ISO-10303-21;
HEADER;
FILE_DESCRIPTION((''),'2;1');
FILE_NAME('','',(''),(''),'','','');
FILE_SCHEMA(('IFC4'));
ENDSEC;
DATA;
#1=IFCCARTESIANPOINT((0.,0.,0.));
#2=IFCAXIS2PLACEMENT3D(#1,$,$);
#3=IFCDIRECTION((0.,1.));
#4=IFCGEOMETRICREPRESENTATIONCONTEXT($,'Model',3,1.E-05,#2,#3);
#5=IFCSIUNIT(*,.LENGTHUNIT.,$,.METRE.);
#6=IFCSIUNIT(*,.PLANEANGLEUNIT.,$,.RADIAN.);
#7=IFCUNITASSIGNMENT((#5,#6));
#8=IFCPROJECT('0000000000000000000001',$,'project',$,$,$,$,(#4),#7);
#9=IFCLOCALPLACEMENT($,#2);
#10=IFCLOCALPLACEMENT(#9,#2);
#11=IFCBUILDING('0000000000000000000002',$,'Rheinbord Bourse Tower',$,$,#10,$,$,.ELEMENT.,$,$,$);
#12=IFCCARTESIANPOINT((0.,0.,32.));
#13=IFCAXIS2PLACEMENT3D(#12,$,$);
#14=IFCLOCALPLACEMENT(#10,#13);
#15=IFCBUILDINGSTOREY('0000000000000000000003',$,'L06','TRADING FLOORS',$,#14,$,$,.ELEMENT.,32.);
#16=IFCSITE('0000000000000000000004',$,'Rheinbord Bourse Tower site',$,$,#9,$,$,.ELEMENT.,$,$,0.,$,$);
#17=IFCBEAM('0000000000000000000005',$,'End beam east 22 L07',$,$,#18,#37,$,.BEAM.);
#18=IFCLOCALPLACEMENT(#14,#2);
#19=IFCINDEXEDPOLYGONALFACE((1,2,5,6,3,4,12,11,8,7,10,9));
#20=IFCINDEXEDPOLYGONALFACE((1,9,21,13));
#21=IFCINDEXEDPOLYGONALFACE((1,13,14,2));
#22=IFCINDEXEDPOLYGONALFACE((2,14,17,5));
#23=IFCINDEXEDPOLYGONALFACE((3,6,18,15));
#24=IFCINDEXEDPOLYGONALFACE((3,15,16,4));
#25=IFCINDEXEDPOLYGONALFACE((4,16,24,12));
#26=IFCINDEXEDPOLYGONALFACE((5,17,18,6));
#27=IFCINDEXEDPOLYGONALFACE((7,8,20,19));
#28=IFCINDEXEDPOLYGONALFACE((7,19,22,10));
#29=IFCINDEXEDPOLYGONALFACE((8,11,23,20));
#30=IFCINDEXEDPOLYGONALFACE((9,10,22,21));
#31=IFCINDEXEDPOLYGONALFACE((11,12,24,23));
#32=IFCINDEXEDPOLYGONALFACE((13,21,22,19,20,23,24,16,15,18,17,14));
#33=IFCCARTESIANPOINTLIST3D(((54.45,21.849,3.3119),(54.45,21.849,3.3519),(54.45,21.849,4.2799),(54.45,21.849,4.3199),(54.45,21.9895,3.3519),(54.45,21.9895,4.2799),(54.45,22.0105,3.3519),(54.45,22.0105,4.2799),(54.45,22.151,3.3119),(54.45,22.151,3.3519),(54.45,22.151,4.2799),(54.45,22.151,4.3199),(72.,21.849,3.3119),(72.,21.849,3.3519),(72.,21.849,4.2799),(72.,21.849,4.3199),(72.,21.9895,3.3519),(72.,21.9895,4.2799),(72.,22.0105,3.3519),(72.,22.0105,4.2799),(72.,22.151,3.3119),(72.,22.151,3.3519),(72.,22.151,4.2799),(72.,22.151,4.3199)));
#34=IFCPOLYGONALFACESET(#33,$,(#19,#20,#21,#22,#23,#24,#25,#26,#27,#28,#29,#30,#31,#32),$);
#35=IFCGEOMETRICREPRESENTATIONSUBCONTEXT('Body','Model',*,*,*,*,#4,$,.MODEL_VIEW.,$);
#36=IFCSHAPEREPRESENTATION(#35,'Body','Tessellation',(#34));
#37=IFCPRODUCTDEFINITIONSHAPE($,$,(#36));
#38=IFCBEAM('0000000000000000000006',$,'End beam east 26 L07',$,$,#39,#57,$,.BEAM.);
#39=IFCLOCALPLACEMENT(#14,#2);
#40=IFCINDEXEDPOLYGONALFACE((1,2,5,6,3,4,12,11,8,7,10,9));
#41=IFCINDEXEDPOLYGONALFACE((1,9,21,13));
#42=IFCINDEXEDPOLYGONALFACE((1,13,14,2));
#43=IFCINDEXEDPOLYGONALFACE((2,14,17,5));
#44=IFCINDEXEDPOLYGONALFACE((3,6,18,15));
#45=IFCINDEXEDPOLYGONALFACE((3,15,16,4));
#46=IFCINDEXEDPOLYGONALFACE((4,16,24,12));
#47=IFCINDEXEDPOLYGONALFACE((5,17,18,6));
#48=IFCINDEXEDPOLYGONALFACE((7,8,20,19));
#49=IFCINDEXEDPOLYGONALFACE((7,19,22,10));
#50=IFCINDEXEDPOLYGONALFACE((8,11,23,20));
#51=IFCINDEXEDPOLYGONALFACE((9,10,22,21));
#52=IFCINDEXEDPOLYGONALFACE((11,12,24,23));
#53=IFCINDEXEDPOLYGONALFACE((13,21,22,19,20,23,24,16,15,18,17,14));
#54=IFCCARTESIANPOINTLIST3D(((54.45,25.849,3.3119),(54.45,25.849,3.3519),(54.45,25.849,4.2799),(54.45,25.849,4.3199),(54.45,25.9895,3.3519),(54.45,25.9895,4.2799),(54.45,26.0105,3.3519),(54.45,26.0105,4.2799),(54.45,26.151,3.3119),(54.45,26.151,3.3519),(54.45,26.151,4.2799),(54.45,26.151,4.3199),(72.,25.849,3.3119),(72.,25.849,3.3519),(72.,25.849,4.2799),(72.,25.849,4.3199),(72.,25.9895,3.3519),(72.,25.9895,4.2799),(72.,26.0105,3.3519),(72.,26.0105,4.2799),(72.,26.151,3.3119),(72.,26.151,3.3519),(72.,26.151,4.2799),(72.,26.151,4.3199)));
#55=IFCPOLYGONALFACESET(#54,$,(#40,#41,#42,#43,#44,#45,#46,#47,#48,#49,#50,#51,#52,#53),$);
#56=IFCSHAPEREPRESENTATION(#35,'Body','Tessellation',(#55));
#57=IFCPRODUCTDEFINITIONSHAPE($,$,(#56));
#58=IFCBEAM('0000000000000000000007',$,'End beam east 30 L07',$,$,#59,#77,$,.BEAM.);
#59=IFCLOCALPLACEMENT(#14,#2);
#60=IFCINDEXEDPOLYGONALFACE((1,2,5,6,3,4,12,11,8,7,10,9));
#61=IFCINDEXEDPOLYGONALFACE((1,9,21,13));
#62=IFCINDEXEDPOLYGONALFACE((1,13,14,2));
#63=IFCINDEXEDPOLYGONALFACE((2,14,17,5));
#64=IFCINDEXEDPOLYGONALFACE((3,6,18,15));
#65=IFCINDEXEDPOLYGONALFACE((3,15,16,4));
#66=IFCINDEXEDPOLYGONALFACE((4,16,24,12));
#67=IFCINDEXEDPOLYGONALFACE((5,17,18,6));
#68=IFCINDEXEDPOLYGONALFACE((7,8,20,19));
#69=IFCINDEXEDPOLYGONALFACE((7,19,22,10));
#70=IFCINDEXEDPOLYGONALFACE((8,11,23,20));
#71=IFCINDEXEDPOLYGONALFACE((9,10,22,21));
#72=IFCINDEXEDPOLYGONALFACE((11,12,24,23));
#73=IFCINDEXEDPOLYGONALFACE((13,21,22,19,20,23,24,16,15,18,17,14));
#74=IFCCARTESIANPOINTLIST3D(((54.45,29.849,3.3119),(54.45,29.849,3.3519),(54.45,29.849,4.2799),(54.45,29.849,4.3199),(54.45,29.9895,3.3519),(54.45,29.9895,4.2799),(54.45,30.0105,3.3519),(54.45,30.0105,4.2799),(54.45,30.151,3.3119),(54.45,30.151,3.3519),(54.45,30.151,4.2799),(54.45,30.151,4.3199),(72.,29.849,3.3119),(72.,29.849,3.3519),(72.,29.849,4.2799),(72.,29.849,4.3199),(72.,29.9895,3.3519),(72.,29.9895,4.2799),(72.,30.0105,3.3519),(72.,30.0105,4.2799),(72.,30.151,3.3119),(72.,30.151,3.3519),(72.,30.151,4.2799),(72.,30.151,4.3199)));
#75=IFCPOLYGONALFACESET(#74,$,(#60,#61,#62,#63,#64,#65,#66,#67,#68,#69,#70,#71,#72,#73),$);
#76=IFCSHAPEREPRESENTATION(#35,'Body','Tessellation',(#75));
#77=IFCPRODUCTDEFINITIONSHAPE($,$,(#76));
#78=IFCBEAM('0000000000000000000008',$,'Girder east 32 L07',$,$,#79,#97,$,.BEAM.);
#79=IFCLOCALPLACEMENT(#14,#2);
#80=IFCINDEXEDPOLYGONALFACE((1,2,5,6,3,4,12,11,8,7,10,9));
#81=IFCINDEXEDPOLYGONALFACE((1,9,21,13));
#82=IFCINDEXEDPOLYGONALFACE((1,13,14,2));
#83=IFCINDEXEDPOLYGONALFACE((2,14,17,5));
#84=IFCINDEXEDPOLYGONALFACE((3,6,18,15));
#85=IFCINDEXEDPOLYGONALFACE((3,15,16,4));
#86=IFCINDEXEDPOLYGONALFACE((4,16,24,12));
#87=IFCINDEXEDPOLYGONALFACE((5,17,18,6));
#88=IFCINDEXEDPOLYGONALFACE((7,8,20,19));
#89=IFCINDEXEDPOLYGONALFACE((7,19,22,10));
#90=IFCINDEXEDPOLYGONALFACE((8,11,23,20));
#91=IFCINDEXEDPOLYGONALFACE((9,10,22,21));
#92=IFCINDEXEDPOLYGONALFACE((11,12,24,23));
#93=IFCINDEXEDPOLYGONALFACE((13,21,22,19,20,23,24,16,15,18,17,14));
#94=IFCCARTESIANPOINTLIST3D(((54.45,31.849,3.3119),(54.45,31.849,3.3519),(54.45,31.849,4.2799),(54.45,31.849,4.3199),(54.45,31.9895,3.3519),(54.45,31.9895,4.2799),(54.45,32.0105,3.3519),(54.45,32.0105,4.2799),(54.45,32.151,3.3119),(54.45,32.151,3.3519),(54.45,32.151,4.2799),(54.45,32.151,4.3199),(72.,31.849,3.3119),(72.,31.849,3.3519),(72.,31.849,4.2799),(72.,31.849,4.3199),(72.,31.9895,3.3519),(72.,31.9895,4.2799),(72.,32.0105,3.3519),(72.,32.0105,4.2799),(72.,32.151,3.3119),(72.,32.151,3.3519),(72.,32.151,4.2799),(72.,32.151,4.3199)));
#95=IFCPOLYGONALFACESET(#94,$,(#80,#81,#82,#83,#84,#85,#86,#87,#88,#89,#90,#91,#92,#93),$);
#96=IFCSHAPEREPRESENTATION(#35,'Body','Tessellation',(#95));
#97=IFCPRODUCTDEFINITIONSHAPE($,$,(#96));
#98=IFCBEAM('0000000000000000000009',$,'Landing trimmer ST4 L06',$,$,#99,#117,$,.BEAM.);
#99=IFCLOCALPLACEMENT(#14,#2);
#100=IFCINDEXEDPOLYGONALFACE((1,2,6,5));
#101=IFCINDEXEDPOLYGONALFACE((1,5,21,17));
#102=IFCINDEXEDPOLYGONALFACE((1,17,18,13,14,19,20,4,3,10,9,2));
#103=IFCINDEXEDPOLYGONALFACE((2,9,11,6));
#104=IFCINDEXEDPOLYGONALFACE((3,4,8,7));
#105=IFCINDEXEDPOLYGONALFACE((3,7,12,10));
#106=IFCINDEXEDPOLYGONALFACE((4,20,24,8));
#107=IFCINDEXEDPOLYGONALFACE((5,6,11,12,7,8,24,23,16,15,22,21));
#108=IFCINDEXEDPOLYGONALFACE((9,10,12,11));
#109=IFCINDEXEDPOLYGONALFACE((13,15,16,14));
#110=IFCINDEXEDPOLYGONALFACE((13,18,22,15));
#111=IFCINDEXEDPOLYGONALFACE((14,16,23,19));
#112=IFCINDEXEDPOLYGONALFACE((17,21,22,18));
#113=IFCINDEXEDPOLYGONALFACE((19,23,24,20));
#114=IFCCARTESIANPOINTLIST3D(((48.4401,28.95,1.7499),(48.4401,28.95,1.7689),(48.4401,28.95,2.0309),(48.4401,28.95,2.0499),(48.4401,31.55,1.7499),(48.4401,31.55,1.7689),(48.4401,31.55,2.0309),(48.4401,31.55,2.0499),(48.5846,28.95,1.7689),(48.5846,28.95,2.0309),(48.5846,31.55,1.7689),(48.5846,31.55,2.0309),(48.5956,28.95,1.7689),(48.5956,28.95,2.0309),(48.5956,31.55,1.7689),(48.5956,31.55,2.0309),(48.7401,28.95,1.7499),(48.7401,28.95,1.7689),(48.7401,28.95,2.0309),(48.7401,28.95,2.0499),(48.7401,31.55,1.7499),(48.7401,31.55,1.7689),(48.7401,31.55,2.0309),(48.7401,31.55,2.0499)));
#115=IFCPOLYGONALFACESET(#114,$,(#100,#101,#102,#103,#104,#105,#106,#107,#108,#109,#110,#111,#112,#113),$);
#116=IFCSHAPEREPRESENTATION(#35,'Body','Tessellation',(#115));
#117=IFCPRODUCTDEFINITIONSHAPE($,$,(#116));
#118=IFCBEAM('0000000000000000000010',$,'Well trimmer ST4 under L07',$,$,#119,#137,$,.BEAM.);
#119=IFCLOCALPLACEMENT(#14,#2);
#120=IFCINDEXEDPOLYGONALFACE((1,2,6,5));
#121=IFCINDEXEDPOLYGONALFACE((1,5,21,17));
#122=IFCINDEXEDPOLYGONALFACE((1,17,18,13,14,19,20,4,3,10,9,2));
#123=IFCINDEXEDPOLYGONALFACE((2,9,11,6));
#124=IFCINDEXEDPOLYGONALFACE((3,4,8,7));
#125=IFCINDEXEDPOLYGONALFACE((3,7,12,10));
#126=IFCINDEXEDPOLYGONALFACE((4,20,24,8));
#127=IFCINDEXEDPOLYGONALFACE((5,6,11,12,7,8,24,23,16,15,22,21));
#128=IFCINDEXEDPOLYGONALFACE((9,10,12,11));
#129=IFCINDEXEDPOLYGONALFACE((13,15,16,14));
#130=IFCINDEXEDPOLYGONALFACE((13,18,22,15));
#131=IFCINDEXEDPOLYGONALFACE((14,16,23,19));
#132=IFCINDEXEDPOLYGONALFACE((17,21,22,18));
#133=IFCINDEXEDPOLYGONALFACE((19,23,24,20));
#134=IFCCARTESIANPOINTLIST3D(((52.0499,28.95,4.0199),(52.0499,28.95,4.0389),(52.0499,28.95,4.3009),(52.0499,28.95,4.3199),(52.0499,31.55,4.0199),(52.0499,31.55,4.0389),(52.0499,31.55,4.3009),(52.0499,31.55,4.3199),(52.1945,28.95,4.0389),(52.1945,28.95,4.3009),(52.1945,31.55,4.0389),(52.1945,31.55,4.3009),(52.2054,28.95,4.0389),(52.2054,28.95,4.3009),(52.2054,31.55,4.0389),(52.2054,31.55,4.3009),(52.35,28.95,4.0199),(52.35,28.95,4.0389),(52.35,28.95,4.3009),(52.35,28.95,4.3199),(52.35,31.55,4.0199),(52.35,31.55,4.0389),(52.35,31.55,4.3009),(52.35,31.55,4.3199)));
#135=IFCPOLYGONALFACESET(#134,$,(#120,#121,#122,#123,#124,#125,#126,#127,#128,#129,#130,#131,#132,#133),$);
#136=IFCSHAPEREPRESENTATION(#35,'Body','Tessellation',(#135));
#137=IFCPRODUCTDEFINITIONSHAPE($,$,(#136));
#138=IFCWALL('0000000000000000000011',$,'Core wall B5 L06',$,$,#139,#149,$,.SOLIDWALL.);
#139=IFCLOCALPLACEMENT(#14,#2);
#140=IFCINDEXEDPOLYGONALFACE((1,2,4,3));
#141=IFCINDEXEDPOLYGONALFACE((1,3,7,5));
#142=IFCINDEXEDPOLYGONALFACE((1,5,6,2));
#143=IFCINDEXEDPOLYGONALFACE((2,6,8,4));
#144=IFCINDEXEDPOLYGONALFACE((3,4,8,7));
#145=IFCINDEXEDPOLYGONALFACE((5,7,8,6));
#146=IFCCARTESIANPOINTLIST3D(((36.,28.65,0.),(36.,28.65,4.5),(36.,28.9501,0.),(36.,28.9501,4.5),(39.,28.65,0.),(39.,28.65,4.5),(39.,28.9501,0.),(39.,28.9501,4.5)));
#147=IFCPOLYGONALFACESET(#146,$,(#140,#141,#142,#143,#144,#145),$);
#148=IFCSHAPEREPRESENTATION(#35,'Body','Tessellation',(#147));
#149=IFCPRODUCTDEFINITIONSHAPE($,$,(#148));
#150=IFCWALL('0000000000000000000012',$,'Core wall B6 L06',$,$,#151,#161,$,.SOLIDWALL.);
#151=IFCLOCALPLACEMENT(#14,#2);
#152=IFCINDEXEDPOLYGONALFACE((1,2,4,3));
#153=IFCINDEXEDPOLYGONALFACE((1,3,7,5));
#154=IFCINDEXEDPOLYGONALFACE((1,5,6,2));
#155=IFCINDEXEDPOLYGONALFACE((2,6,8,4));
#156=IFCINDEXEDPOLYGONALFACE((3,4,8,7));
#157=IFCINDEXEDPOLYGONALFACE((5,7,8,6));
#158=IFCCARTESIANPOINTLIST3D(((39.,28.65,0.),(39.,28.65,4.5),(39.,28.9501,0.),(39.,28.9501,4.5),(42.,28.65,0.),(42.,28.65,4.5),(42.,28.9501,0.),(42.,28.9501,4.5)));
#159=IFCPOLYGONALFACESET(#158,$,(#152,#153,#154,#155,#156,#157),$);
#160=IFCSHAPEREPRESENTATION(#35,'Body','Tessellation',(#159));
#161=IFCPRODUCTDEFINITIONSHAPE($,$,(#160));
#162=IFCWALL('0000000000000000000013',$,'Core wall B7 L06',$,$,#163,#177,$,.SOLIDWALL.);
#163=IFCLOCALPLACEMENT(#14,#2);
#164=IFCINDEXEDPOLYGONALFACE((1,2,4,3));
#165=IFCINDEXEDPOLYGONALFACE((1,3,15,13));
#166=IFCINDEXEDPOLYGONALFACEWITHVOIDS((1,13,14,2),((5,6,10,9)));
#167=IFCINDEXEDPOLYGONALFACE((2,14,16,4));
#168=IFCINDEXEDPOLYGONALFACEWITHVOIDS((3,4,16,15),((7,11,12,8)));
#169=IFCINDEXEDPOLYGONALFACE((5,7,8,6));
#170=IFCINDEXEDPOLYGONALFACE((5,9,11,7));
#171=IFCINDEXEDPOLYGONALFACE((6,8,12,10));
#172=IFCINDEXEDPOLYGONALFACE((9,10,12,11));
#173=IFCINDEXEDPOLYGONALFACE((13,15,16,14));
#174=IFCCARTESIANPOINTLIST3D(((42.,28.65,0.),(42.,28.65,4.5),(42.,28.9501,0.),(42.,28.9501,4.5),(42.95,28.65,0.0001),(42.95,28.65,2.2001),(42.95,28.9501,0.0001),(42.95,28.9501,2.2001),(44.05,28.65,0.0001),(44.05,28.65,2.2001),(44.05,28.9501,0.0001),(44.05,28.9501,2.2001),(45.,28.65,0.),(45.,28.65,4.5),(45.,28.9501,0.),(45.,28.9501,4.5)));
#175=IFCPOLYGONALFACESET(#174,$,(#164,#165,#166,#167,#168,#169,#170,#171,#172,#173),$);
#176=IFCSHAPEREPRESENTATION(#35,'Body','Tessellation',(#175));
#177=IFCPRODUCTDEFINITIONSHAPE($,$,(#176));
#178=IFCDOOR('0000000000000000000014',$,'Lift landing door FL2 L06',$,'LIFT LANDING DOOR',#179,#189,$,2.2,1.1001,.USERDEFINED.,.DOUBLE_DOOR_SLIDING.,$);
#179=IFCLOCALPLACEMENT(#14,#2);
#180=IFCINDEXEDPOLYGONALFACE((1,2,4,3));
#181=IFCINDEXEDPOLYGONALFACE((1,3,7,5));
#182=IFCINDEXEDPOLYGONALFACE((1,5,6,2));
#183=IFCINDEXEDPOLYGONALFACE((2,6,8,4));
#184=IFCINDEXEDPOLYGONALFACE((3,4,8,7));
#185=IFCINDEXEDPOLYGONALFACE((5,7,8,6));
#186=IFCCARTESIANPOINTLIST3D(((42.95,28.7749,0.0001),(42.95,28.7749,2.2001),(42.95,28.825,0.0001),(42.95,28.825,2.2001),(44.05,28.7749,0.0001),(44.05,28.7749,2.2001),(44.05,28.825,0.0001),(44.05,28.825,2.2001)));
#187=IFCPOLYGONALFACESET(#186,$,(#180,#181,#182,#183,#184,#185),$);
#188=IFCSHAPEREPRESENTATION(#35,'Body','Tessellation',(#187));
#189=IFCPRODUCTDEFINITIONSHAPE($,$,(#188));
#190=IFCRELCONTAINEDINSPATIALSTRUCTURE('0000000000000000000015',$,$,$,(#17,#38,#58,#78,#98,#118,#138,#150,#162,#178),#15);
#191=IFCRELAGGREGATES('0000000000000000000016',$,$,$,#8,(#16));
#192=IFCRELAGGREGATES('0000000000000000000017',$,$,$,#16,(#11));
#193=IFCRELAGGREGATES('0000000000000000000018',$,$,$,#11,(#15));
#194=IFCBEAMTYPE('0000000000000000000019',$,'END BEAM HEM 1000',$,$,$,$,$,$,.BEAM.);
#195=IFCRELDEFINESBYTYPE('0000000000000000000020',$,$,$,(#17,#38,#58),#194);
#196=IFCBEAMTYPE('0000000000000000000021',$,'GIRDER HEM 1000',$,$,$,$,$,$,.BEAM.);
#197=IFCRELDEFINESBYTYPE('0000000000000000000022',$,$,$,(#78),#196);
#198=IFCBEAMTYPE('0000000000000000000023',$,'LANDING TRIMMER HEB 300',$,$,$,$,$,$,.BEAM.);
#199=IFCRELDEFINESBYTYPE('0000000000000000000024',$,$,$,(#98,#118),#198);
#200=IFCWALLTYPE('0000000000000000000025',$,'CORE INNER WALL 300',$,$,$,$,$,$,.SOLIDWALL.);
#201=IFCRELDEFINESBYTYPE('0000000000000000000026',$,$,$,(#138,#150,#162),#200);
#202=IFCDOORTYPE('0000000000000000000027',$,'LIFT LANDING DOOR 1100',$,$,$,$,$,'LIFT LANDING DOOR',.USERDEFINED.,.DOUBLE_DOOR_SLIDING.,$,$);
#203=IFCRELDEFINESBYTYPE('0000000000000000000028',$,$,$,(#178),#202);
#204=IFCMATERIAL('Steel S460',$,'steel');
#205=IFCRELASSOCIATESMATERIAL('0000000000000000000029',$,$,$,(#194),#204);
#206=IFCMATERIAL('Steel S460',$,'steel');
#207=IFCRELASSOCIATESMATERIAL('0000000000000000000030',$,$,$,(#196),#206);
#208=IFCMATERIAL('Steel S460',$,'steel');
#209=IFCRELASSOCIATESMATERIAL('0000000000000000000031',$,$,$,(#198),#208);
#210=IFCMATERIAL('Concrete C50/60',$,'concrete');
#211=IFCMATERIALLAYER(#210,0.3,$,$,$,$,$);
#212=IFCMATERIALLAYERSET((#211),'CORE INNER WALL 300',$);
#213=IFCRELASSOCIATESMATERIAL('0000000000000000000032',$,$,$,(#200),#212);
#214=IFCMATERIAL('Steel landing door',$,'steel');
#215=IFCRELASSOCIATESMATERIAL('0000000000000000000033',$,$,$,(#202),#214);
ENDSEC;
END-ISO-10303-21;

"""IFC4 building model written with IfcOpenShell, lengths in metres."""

from ifc_helpers import new_model, si_unit, direction, frame, frame_2d, origin, origin_2d, place, context, subcontext, project, spatial, rectangle, i_section, extrude, material, layer, layer_set, material_profile, profile_set, type_object, element, fill, save


model = new_model("IFC4")

# Units and contexts
model_context = context("Model", 3, precision=1e-05, world=origin(), true_north=direction((0.0, 1.0)))
body_context = subcontext(model_context, "Body", "Model", "MODEL_VIEW")
ifc_project = project(units=[si_unit("LENGTHUNIT", "METRE"), si_unit("PLANEANGLEUNIT", "RADIAN")], contexts=[model_context])

# Site, building, storey
site_placement = place(None, origin())
site = spatial("IfcSite", under=ifc_project, at=site_placement, Name="Rheinbord Bourse Tower site", CompositionType="ELEMENT", RefElevation=0.0)
building_placement = place(site_placement, origin())
building = spatial("IfcBuilding", under=site, at=building_placement, Name="Rheinbord Bourse Tower", CompositionType="ELEMENT")
storey_placement = place(building_placement, frame((0.0, 0.0, 32.0)))
storey = spatial("IfcBuildingStorey", under=building, at=storey_placement, Name="L06", Description="TRADING FLOORS", CompositionType="ELEMENT", Elevation=32.0)

# Beams
ifc_material_1 = material(Name="Steel S460", Category="steel")
ifc_material_profile_1 = material_profile(ifc_material_1, i_section(OverallWidth=0.302, OverallDepth=1.0081, WebThickness=0.021, FlangeThickness=0.04, at=origin_2d()), Name="HEM 1000")
ifc_profile_set_1 = profile_set([ifc_material_profile_1], Name="Steel S460")
beam_type_1 = type_object("IfcBeamType", Name="END BEAM HEM 1000", PredefinedType="BEAM", material=ifc_profile_set_1)
for number, where, z_axis, x_axis, name in (
    (1, (54.45, 22.0, 3.8159), (1.0, 0.0, 0.0), (0.0, 1.0, 0.0), "End beam east 22 L07"),
    (2, (54.45, 26.0, 3.8159), (1.0, 0.0, 0.0), (0.0, 1.0, 0.0), "End beam east 26 L07"),
    (3, (54.45, 30.0, 3.8159), (1.0, 0.0, 0.0), (0.0, 1.0, 0.0), "End beam east 30 L07"),
):
    element("IfcBeam", number, at=place(storey_placement, frame(where, z_axis=z_axis, x_axis=x_axis)), inside=storey, type_object=beam_type_1, Name=name, PredefinedType="BEAM", context=body_context, shape_type="SweptSolid", body=[
        extrude(i_section(OverallWidth=0.302, OverallDepth=1.0081, WebThickness=0.021, FlangeThickness=0.04, at=origin_2d()), origin(), (0.0, 0.0, 1.0), 17.55),
    ])
ifc_material_2 = material(Name="Steel S460", Category="steel")
ifc_material_profile_2 = material_profile(ifc_material_2, i_section(OverallWidth=0.302, OverallDepth=1.0081, WebThickness=0.021, FlangeThickness=0.04, at=origin_2d()), Name="HEM 1000")
ifc_profile_set_2 = profile_set([ifc_material_profile_2], Name="Steel S460")
beam_type_2 = type_object("IfcBeamType", Name="GIRDER HEM 1000", PredefinedType="BEAM", material=ifc_profile_set_2)
beam_placement = place(storey_placement, frame((54.45, 32.0, 3.8159), z_axis=(1.0, 0.0, 0.0), x_axis=(0.0, 1.0, 0.0)))
element("IfcBeam", 4, at=beam_placement, inside=storey, type_object=beam_type_2, Name="Girder east 32 L07", PredefinedType="BEAM", context=body_context, shape_type="SweptSolid", body=[
    extrude(i_section(OverallWidth=0.302, OverallDepth=1.0081, WebThickness=0.021, FlangeThickness=0.04, at=origin_2d()), origin(), (0.0, 0.0, 1.0), 17.55),
])
ifc_material_3 = material(Name="Steel S460", Category="steel")
ifc_material_profile_3 = material_profile(ifc_material_3, i_section(OverallWidth=0.3, OverallDepth=0.3, WebThickness=0.011, FlangeThickness=0.019, at=origin_2d()), Name="HEB 300")
ifc_profile_set_3 = profile_set([ifc_material_profile_3], Name="Steel S460")
beam_type_3 = type_object("IfcBeamType", Name="LANDING TRIMMER HEB 300", PredefinedType="BEAM", material=ifc_profile_set_3)
for number, where, z_axis, x_axis, name in (
    (5, (48.5901, 28.95, 1.8999), (0.0, 1.0, 0.0), (-1.0, 0.0, 0.0), "Landing trimmer ST4 L06"),
    (6, (52.2, 28.95, 4.1699), (0.0, 1.0, 0.0), (-1.0, 0.0, 0.0), "Well trimmer ST4 under L07"),
):
    element("IfcBeam", number, at=place(storey_placement, frame(where, z_axis=z_axis, x_axis=x_axis)), inside=storey, type_object=beam_type_3, Name=name, PredefinedType="BEAM", context=body_context, shape_type="SweptSolid", body=[
        extrude(i_section(OverallWidth=0.3, OverallDepth=0.3, WebThickness=0.011, FlangeThickness=0.019, at=origin_2d()), origin(), (0.0, 0.0, 1.0), 2.6001),
    ])

# Walls
ifc_material_4 = material(Name="Concrete C50/60", Category="concrete")
ifc_layer_1 = layer(ifc_material_4, 0.3)
ifc_layer_set_1 = layer_set([ifc_layer_1], Name="CORE INNER WALL 300")
wall_type_1 = type_object("IfcWallType", Name="CORE INNER WALL 300", PredefinedType="SOLIDWALL", material=ifc_layer_set_1)
for number, where, z_axis, x_axis, name in (
    (7, (36.0, 28.8, 0.0), (0.0, 0.0, 1.0), (1.0, 0.0, 0.0), "Core wall B5 L06"),
    (8, (39.0, 28.8, 0.0), (0.0, 0.0, 1.0), (1.0, 0.0, 0.0), "Core wall B6 L06"),
):
    element("IfcWall", number, at=place(storey_placement, frame(where, z_axis=z_axis, x_axis=x_axis)), inside=storey, type_object=wall_type_1, Name=name, PredefinedType="SOLIDWALL", context=body_context, shape_type="SweptSolid", body=[
        extrude(rectangle(XDim=3.0, YDim=0.3, at=frame_2d((1.5, 0.0))), origin(), (0.0, 0.0, 1.0), 4.5),
    ])

# Wall, opening, door
wall_1_placement = place(storey_placement, frame((42.0, 28.8, 0.0), z_axis=(0.0, 0.0, 1.0), x_axis=(1.0, 0.0, 0.0)))
wall_1 = element("IfcWall", 9, at=wall_1_placement, inside=storey, type_object=wall_type_1, Name="Core wall B7 L06", PredefinedType="SOLIDWALL", context=body_context, shape_type="SweptSolid", body=[
    extrude(rectangle(XDim=3.0, YDim=0.3, at=frame_2d((1.5, 0.0))), origin(), (0.0, 0.0, 1.0), 4.5),
])
opening_1_placement = place(wall_1_placement, frame((0.95, 0.0, 0.0)))
opening_1 = element("IfcOpeningElement", 10, at=opening_1_placement, cuts=wall_1, PredefinedType="OPENING", context=body_context, shape_type="SweptSolid", body=[
    extrude(rectangle(XDim=1.1001, YDim=2.2, at=frame_2d((0.55, 1.1001))), frame((0.0, 0.1599, 0.0), z_axis=(0.0, -1.0, 0.0), x_axis=(1.0, 0.0, 0.0)), (0.0, 0.0, 1.0), 0.3201),
])
ifc_material_5 = material(Name="Steel landing door", Category="steel")
door_type_1 = type_object("IfcDoorType", Name="LIFT LANDING DOOR 1100", ElementType="LIFT LANDING DOOR", OperationType="DOUBLE_DOOR_SLIDING", PredefinedType="USERDEFINED", material=ifc_material_5)
door_1_placement = place(opening_1_placement, origin())
door_1 = element("IfcDoor", 11, at=door_1_placement, inside=storey, type_object=door_type_1, Name="Lift landing door FL2 L06", ObjectType="LIFT LANDING DOOR", OperationType="DOUBLE_DOOR_SLIDING", OverallHeight=2.2, OverallWidth=1.1001, PredefinedType="USERDEFINED", context=body_context, shape_type="SweptSolid", body=[
    extrude(rectangle(XDim=1.1001, YDim=2.2, at=frame_2d((0.55, 1.1001))), frame((0.0, 0.0249, 0.0), z_axis=(0.0, -1.0, 0.0), x_axis=(1.0, 0.0, 0.0)), (0.0, 0.0, 1.0), 0.05),
])
fill(opening_1, door_1)

save(model, "model.ifc")
